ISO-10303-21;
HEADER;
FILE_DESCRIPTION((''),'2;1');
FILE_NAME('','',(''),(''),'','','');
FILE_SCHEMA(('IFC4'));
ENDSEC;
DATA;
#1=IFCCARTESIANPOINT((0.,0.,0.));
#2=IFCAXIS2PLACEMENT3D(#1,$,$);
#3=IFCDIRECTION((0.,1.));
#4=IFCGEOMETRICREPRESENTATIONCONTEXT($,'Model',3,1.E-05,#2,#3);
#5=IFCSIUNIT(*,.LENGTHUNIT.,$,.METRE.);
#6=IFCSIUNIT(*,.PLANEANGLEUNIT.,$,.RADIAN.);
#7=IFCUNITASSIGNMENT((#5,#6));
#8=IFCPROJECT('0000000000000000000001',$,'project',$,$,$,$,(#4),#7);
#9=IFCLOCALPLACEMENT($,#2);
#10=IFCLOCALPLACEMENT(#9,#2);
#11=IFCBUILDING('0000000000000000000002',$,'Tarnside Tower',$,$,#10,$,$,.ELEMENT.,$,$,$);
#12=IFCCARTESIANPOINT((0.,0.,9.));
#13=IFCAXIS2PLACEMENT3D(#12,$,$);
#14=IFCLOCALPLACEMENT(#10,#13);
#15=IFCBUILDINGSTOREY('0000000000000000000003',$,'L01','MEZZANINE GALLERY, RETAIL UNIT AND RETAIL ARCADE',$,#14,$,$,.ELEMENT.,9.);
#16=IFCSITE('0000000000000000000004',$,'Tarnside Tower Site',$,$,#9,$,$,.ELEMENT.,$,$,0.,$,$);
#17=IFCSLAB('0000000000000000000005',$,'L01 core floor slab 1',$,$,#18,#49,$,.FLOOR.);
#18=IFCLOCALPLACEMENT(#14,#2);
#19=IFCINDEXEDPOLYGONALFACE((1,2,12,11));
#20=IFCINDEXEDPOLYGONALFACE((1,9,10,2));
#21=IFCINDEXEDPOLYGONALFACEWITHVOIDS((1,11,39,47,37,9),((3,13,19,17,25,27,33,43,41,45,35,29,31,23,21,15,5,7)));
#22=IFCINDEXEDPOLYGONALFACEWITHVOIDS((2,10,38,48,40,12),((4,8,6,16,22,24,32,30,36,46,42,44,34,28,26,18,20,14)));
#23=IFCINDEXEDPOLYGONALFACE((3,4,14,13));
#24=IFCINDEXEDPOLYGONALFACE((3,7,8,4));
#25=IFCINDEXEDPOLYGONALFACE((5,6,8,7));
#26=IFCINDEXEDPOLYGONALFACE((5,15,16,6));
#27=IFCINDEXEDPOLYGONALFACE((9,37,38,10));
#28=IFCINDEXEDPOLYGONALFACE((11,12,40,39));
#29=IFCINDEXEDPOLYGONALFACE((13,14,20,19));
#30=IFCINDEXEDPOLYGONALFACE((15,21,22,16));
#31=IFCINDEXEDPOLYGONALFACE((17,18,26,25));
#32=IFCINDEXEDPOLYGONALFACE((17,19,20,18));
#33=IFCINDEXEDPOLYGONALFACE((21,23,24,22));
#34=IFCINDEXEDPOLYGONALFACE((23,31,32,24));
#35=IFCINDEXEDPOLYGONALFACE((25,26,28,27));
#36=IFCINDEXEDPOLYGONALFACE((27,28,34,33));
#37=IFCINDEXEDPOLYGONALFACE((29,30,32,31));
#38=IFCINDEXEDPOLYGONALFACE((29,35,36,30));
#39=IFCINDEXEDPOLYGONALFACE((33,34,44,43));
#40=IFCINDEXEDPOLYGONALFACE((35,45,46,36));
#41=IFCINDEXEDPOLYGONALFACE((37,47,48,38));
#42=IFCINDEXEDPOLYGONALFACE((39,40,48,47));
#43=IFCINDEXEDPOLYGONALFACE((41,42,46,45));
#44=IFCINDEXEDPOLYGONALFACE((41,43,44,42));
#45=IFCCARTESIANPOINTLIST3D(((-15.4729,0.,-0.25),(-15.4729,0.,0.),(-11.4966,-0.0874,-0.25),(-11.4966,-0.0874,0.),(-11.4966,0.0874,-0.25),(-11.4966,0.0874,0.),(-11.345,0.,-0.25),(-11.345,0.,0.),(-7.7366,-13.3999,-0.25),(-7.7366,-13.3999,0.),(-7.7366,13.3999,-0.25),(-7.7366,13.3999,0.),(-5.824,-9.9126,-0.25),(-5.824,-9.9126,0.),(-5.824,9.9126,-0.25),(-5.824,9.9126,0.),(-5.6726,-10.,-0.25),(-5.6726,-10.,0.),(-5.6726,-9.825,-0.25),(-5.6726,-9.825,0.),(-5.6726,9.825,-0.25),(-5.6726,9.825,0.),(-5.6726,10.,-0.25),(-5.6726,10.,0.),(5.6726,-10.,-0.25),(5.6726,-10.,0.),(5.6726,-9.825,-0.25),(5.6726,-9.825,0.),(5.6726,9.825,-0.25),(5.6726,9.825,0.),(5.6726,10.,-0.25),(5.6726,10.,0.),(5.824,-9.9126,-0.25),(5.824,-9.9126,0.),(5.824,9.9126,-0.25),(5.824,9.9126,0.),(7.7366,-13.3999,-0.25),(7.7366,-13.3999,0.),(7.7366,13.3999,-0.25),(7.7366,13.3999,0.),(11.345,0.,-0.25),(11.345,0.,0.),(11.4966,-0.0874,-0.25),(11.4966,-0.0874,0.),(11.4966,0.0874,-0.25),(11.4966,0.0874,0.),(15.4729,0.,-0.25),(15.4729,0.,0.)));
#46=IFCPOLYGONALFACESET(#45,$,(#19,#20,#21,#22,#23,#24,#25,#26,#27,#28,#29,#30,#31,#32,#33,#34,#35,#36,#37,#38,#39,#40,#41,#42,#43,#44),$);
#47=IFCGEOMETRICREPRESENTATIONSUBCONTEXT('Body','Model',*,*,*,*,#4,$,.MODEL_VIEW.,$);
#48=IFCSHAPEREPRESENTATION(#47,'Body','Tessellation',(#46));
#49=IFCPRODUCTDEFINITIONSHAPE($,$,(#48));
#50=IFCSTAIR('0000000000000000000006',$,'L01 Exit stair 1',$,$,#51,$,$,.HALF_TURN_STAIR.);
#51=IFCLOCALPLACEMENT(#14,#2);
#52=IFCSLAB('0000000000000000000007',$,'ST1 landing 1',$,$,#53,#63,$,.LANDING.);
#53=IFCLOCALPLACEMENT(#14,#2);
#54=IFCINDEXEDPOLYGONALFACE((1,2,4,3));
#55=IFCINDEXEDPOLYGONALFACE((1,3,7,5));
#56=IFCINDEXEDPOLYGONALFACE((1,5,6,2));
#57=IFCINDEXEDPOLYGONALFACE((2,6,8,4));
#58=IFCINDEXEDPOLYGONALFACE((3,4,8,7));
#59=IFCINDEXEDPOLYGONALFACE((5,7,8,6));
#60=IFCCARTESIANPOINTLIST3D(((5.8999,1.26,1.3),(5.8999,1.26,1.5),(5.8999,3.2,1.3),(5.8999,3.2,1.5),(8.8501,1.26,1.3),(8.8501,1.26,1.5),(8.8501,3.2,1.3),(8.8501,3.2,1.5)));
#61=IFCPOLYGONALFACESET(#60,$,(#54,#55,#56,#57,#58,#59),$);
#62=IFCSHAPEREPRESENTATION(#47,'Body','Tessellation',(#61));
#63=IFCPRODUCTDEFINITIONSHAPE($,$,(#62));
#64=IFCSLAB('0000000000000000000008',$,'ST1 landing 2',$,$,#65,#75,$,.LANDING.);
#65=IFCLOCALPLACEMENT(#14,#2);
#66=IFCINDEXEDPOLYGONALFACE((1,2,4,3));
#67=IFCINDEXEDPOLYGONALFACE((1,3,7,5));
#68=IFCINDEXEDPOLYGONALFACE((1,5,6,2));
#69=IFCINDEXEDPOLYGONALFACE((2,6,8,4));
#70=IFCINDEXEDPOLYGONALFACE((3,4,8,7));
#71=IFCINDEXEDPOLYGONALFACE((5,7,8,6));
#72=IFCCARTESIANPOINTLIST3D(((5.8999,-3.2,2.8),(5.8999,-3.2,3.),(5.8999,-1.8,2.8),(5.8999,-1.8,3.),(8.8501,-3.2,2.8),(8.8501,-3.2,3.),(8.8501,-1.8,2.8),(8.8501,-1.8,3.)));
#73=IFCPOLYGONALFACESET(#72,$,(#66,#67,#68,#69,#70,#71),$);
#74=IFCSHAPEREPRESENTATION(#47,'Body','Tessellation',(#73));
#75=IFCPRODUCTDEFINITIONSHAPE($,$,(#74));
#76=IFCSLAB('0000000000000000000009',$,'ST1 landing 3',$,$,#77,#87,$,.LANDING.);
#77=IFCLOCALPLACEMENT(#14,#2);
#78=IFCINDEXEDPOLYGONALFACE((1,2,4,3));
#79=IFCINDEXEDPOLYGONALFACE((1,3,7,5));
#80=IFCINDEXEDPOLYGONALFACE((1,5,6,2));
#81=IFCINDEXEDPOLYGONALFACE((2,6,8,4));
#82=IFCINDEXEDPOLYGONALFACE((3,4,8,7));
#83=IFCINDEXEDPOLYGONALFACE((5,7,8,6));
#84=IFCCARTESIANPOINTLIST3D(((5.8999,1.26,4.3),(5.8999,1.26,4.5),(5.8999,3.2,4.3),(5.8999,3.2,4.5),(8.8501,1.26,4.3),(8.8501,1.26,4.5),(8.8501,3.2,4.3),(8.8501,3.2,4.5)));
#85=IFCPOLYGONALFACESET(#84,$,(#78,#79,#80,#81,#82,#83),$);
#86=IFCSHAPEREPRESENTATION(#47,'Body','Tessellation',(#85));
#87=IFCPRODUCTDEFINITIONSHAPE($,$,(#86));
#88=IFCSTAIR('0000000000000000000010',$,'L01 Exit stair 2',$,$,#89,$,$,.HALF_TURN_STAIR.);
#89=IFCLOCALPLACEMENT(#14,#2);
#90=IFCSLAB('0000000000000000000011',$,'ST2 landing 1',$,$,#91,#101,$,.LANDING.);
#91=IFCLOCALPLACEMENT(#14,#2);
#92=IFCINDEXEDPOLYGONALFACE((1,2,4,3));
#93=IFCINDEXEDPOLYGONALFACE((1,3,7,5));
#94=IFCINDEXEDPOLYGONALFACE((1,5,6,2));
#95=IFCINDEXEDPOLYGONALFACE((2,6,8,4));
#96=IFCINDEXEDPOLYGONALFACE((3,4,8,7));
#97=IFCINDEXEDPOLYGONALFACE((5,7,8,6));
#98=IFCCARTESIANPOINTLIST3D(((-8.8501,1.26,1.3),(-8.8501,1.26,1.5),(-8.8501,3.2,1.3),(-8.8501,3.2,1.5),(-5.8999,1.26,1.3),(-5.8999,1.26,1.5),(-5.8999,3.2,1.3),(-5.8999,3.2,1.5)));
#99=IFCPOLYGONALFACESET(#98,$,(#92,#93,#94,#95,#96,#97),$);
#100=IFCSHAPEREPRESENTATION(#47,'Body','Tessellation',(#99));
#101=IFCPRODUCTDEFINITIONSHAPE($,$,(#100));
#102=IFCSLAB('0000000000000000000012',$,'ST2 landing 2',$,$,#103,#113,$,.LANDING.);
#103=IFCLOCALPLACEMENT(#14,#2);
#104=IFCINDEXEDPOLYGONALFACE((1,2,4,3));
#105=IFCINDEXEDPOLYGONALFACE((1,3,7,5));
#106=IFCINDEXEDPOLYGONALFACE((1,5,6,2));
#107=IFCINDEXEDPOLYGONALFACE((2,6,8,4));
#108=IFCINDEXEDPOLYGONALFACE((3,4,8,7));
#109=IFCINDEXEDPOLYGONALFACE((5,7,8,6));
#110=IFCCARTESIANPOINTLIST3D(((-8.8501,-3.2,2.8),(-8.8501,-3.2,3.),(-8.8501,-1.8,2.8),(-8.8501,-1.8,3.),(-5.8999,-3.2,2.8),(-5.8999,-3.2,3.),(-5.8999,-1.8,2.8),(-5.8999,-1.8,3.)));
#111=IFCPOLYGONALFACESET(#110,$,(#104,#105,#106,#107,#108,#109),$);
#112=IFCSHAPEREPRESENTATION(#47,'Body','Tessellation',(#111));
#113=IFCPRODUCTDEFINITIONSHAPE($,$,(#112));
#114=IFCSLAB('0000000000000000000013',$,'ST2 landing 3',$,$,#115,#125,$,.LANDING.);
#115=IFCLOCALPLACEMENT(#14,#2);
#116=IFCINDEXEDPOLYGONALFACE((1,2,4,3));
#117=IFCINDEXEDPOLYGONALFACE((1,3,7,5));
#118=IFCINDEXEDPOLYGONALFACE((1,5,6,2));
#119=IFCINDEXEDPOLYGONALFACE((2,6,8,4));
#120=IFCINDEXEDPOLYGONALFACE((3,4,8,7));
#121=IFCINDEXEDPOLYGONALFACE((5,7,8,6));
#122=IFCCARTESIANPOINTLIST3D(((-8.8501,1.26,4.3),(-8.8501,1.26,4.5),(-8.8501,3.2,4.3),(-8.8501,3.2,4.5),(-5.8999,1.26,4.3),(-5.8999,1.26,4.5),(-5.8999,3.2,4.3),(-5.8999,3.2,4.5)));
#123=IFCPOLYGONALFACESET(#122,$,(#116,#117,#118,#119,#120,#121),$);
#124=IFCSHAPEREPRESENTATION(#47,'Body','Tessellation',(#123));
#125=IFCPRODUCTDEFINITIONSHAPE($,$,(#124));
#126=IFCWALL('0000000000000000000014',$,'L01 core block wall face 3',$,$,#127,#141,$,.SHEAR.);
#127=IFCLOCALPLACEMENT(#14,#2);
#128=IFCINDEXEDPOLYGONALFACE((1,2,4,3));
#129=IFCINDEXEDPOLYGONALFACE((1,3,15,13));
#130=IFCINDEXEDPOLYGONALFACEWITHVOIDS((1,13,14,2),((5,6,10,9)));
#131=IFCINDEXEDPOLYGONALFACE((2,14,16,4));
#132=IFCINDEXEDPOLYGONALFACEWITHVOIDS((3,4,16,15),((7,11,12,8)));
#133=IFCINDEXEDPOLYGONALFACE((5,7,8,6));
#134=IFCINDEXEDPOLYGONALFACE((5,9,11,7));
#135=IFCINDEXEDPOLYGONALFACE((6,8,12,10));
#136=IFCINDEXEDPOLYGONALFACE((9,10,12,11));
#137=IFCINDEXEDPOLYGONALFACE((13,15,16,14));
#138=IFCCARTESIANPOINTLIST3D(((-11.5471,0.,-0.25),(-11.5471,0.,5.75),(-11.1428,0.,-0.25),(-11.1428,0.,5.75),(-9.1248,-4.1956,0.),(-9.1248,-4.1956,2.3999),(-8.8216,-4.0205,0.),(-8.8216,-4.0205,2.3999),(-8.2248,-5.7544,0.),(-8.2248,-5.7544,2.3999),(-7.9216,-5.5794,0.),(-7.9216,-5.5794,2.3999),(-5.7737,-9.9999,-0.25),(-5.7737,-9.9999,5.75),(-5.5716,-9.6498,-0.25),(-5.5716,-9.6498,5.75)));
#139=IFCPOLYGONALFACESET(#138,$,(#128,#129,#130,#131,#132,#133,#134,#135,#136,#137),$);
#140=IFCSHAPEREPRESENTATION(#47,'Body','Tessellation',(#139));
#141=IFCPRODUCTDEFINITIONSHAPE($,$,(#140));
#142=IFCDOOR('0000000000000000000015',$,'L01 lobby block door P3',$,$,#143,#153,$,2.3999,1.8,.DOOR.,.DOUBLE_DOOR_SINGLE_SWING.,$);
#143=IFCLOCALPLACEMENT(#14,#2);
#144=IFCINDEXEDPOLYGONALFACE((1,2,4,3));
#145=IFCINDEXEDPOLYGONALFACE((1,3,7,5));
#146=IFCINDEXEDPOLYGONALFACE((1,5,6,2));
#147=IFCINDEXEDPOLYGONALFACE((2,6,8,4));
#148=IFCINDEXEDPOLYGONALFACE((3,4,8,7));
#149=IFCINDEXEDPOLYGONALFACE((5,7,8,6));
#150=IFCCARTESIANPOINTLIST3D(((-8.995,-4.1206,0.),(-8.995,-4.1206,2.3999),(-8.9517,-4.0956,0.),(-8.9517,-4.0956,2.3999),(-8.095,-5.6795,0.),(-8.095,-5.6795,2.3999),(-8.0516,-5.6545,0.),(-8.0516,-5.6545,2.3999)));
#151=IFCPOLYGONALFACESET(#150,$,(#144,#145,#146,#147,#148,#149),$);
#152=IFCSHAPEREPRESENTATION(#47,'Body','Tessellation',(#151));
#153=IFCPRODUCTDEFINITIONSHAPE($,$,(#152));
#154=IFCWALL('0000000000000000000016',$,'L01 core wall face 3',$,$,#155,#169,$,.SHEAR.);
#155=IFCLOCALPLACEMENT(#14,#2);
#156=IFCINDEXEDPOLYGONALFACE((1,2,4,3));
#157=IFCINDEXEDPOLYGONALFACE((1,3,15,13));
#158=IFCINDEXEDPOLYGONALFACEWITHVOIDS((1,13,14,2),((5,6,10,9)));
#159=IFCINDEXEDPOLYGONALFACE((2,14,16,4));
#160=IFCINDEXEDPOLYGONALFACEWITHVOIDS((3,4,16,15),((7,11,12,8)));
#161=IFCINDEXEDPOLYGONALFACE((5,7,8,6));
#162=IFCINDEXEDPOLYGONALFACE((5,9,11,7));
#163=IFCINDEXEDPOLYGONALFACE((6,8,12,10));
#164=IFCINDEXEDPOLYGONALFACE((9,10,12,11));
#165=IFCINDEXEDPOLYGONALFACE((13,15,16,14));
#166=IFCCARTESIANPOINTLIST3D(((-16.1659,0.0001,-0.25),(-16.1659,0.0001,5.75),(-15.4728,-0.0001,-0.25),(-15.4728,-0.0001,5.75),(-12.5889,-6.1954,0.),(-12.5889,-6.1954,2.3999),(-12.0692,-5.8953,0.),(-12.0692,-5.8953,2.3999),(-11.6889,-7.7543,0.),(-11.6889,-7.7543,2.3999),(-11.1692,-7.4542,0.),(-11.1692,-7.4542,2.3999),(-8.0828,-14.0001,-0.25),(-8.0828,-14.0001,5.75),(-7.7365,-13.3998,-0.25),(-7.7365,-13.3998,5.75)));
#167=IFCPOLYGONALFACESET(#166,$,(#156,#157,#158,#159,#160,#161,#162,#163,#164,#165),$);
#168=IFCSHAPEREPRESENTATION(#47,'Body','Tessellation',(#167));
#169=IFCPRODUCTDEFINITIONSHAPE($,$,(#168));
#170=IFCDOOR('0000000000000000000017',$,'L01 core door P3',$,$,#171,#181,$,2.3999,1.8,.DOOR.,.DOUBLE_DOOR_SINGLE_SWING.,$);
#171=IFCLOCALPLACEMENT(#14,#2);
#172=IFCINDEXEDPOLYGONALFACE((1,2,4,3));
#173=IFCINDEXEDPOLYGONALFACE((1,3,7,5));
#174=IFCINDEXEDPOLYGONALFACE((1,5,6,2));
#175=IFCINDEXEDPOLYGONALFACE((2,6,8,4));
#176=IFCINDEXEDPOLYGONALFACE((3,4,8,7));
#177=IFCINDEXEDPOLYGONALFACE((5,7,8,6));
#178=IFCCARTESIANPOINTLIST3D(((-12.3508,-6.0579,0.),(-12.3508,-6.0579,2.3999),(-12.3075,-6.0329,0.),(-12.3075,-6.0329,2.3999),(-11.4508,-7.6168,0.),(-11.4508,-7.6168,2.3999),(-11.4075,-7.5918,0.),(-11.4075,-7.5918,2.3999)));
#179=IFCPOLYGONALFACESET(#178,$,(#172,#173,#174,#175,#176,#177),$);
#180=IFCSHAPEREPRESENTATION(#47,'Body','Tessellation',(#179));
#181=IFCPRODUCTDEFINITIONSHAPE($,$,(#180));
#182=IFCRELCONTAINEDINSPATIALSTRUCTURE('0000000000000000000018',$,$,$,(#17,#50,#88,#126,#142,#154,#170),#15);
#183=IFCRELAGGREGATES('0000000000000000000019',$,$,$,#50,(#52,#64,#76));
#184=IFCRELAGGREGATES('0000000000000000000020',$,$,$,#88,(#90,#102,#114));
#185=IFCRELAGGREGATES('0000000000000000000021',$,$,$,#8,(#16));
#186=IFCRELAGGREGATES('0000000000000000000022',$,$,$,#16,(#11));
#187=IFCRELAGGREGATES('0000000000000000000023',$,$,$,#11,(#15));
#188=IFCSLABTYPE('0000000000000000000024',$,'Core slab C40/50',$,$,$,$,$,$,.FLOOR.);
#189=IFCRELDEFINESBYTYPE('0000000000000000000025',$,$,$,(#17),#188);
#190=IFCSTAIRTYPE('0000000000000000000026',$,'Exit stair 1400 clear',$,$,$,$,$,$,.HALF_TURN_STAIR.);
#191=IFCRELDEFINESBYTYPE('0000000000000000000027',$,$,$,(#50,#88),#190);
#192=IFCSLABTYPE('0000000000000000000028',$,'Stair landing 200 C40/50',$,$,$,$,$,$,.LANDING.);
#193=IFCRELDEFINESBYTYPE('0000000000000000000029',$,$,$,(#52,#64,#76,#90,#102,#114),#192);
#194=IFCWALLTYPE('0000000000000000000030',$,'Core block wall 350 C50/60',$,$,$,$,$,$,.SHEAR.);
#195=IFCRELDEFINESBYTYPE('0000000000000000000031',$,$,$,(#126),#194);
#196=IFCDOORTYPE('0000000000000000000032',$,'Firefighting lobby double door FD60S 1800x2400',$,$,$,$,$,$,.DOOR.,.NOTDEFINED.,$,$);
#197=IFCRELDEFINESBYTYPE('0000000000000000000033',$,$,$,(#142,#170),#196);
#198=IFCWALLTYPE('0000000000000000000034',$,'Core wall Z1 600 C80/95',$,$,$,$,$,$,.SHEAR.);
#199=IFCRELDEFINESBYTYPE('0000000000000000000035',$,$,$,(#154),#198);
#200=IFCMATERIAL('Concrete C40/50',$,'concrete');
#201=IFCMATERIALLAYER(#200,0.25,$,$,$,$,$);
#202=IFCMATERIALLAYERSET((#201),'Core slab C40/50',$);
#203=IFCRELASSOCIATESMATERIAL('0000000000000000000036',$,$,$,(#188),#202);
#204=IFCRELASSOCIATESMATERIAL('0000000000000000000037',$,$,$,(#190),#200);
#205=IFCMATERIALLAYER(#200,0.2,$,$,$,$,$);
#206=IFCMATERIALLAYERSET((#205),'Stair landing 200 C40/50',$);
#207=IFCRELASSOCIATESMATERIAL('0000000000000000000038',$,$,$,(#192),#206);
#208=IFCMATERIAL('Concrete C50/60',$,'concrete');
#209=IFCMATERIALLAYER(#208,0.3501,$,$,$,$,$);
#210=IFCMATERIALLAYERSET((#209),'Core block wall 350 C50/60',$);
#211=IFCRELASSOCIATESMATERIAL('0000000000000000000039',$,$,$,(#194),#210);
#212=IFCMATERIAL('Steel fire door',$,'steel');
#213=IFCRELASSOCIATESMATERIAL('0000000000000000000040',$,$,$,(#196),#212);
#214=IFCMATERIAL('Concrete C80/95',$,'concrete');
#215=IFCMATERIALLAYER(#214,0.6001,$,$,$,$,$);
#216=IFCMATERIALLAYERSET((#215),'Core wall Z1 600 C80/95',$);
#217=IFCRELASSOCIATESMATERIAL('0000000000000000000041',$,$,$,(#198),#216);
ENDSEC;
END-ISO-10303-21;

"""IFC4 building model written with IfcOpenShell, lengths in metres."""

from ifc_helpers import new_model, si_unit, direction, frame, frame_2d, origin, place, context, subcontext, project, spatial, polyline, rectangle, outline, extrude, material, layer, layer_set, type_object, element, fill, aggregate, save


model = new_model("IFC4")

# Units and contexts
model_context = context("Model", 3, precision=1e-05, world=origin(), true_north=direction((0.0, 1.0)))
body_context = subcontext(model_context, "Body", "Model", "MODEL_VIEW")
ifc_project = project(units=[si_unit("LENGTHUNIT", "METRE"), si_unit("PLANEANGLEUNIT", "RADIAN")], contexts=[model_context])

# Site, building, storey
site_placement = place(None, origin())
site = spatial("IfcSite", under=ifc_project, at=site_placement, Name="Tarnside Tower Site", CompositionType="ELEMENT", RefElevation=0.0)
building_placement = place(site_placement, origin())
building = spatial("IfcBuilding", under=site, at=building_placement, Name="Tarnside Tower", CompositionType="ELEMENT")
storey_placement = place(building_placement, frame((0.0, 0.0, 9.0)))
storey = spatial("IfcBuildingStorey", under=building, at=storey_placement, Name="L01", Description="MEZZANINE GALLERY, RETAIL UNIT AND RETAIL ARCADE", CompositionType="ELEMENT", Elevation=9.0)

# Slab
ifc_material_1 = material(Name="Concrete C40/50", Category="concrete")
ifc_layer_1 = layer(ifc_material_1, 0.25)
ifc_layer_set_1 = layer_set([ifc_layer_1], Name="Core slab C40/50")
slab_type_1 = type_object("IfcSlabType", Name="Core slab C40/50", PredefinedType="FLOOR", material=ifc_layer_set_1)
slab_1_placement = place(storey_placement, frame((0.0, 0.0, -0.25)))
element("IfcSlab", 1, at=slab_1_placement, inside=storey, type_object=slab_type_1, Name="L01 core floor slab 1", PredefinedType="FLOOR", context=body_context, shape_type="SweptSolid", body=[
    extrude(outline(polyline([(-15.4729, 0.0), (-7.7366, 13.3999), (7.7366, 13.3999), (15.4729, 0.0), (7.7366, -13.3999), (-7.7366, -13.3999), (-15.4729, 0.0)]), holes=[polyline([(5.824, -9.9126), (11.4966, -0.0874), (11.345, 0.0), (11.4966, 0.0874), (5.824, 9.9126), (5.6726, 9.825), (5.6726, 10.0), (-5.6726, 10.0), (-5.6726, 9.825), (-5.824, 9.9126), (-11.4966, 0.0874), (-11.345, 0.0), (-11.4966, -0.0874), (-5.824, -9.9126), (-5.6726, -9.825), (-5.6726, -10.0), (5.6726, -10.0), (5.6726, -9.825), (5.824, -9.9126)])]), origin(), (0.0, 0.0, 1.0), 0.25),
])

# Stairs, slabs
stair_type = type_object("IfcStairType", Name="Exit stair 1400 clear", PredefinedType="HALF_TURN_STAIR", material=ifc_material_1)
stair_1_placement = place(storey_placement, origin())
stair_1 = element("IfcStair", 2, at=stair_1_placement, inside=storey, type_object=stair_type, Name="L01 Exit stair 1", PredefinedType="HALF_TURN_STAIR")
ifc_layer_2 = layer(ifc_material_1, 0.2)
ifc_layer_set_2 = layer_set([ifc_layer_2], Name="Stair landing 200 C40/50")
slab_type_2 = type_object("IfcSlabType", Name="Stair landing 200 C40/50", PredefinedType="LANDING", material=ifc_layer_set_2)
slab_2_placement = place(storey_placement, frame((0.0, 0.0, 1.3)))
slab_2 = element("IfcSlab", 3, at=slab_2_placement, type_object=slab_type_2, Name="ST1 landing 1", PredefinedType="LANDING", context=body_context, shape_type="SweptSolid", body=[
    extrude(outline(polyline([(8.8501, 1.26), (8.8501, 3.2), (5.8999, 3.2), (5.8999, 1.26), (8.8501, 1.26)])), origin(), (0.0, 0.0, 1.0), 0.2),
])
slab_3_placement = place(storey_placement, frame((0.0, 0.0, 2.8)))
slab_3 = element("IfcSlab", 4, at=slab_3_placement, type_object=slab_type_2, Name="ST1 landing 2", PredefinedType="LANDING", context=body_context, shape_type="SweptSolid", body=[
    extrude(outline(polyline([(8.8501, -3.2), (8.8501, -1.8), (5.8999, -1.8), (5.8999, -3.2), (8.8501, -3.2)])), origin(), (0.0, 0.0, 1.0), 0.2),
])
slab_4_placement = place(storey_placement, frame((0.0, 0.0, 4.3)))
slab_4 = element("IfcSlab", 5, at=slab_4_placement, type_object=slab_type_2, Name="ST1 landing 3", PredefinedType="LANDING", context=body_context, shape_type="SweptSolid", body=[
    extrude(outline(polyline([(8.8501, 1.26), (8.8501, 3.2), (5.8999, 3.2), (5.8999, 1.26), (8.8501, 1.26)])), origin(), (0.0, 0.0, 1.0), 0.2),
])
aggregate(stair_1, [slab_2, slab_3, slab_4])
stair_2_placement = place(storey_placement, origin())
stair_2 = element("IfcStair", 6, at=stair_2_placement, inside=storey, type_object=stair_type, Name="L01 Exit stair 2", PredefinedType="HALF_TURN_STAIR")
slab_5_placement = place(storey_placement, frame((0.0, 0.0, 1.3)))
slab_5 = element("IfcSlab", 7, at=slab_5_placement, type_object=slab_type_2, Name="ST2 landing 1", PredefinedType="LANDING", context=body_context, shape_type="SweptSolid", body=[
    extrude(outline(polyline([(-5.8999, 1.26), (-5.8999, 3.2), (-8.8501, 3.2), (-8.8501, 1.26), (-5.8999, 1.26)])), origin(), (0.0, 0.0, 1.0), 0.2),
])
slab_6_placement = place(storey_placement, frame((0.0, 0.0, 2.8)))
slab_6 = element("IfcSlab", 8, at=slab_6_placement, type_object=slab_type_2, Name="ST2 landing 2", PredefinedType="LANDING", context=body_context, shape_type="SweptSolid", body=[
    extrude(outline(polyline([(-5.8999, -3.2), (-5.8999, -1.8), (-8.8501, -1.8), (-8.8501, -3.2), (-5.8999, -3.2)])), origin(), (0.0, 0.0, 1.0), 0.2),
])
slab_7_placement = place(storey_placement, frame((0.0, 0.0, 4.3)))
slab_7 = element("IfcSlab", 9, at=slab_7_placement, type_object=slab_type_2, Name="ST2 landing 3", PredefinedType="LANDING", context=body_context, shape_type="SweptSolid", body=[
    extrude(outline(polyline([(-5.8999, 1.26), (-5.8999, 3.2), (-8.8501, 3.2), (-8.8501, 1.26), (-5.8999, 1.26)])), origin(), (0.0, 0.0, 1.0), 0.2),
])

# Walls, openings, doors
ifc_material_2 = material(Name="Concrete C50/60", Category="concrete")
ifc_layer_3 = layer(ifc_material_2, 0.3501)
ifc_layer_set_3 = layer_set([ifc_layer_3], Name="Core block wall 350 C50/60")
wall_type_1 = type_object("IfcWallType", Name="Core block wall 350 C50/60", PredefinedType="SHEAR", material=ifc_layer_set_3)
wall_1_placement = place(storey_placement, frame((-11.345, 0.0, -0.25), z_axis=(0.0, 0.0, 1.0), x_axis=(0.499995, -0.866028, 0.0)))
wall_1 = element("IfcWall", 10, at=wall_1_placement, inside=storey, type_object=wall_type_1, Name="L01 core block wall face 3", PredefinedType="SHEAR", context=body_context, shape_type="SweptSolid", body=[
    extrude(outline(polyline([(-0.1011, -0.175), (11.4458, -0.175), (11.2437, 0.175), (0.1011, 0.175), (-0.1011, -0.175)])), origin(), (0.0, 0.0, 1.0), 6.0),
])
opening_1_placement = place(wall_1_placement, frame((4.7437, 0.0, 0.25)))
opening_1 = element("IfcOpeningElement", 11, at=opening_1_placement, cuts=wall_1, PredefinedType="OPENING", context=body_context, shape_type="SweptSolid", body=[
    extrude(rectangle(XDim=1.8, YDim=2.3999, at=frame_2d((0.8999, 1.2))), frame((0.0, 0.1851, 0.0), z_axis=(0.0, -1.0, 0.0), x_axis=(1.0, 0.0, 0.0)), (0.0, 0.0, 1.0), 0.3701),
])
ifc_material_3 = material(Name="Steel fire door", Category="steel")
door_type_1 = type_object("IfcDoorType", Name="Firefighting lobby double door FD60S 1800x2400", OperationType="NOTDEFINED", PredefinedType="DOOR", material=ifc_material_3)
door_1_placement = place(opening_1_placement, origin())
door_1 = element("IfcDoor", 12, at=door_1_placement, inside=storey, type_object=door_type_1, Name="L01 lobby block door P3", OperationType="DOUBLE_DOOR_SINGLE_SWING", OverallHeight=2.3999, OverallWidth=1.8, PredefinedType="DOOR", context=body_context, shape_type="SweptSolid", body=[
    extrude(rectangle(XDim=1.8, YDim=2.3999, at=frame_2d((0.8999, 1.2))), frame((0.0, 0.0249, 0.0), z_axis=(0.0, -1.0, 0.0), x_axis=(1.0, 0.0, 0.0)), (0.0, 0.0, 1.0), 0.05),
])
fill(opening_1, door_1)
ifc_material_4 = material(Name="Concrete C80/95", Category="concrete")
ifc_layer_4 = layer(ifc_material_4, 0.6001)
ifc_layer_set_4 = layer_set([ifc_layer_4], Name="Core wall Z1 600 C80/95")
wall_type_2 = type_object("IfcWallType", Name="Core wall Z1 600 C80/95", PredefinedType="SHEAR", material=ifc_layer_set_4)
wall_2_placement = place(storey_placement, frame((-15.8193, 0.0, -0.25), z_axis=(0.0, 0.0, 1.0), x_axis=(0.5, -0.866025, 0.0)))
wall_2 = element("IfcWall", 13, at=wall_2_placement, inside=storey, type_object=wall_type_2, Name="L01 core wall face 3", PredefinedType="SHEAR", context=body_context, shape_type="SweptSolid", body=[
    extrude(outline(polyline([(-0.1733, -0.3), (15.9927, -0.3), (15.646, 0.3), (0.1733, 0.3), (-0.1733, -0.3)])), origin(), (0.0, 0.0, 1.0), 6.0),
])
opening_2_placement = place(wall_2_placement, frame((6.9807, 0.0, 0.25)))
opening_2 = element("IfcOpeningElement", 14, at=opening_2_placement, cuts=wall_2, PredefinedType="OPENING", context=body_context, shape_type="SweptSolid", body=[
    extrude(rectangle(XDim=1.8, YDim=2.3999, at=frame_2d((0.8999, 1.2))), frame((0.0, 0.3101, 0.0), z_axis=(0.0, -1.0, 0.0), x_axis=(1.0, 0.0, 0.0)), (0.0, 0.0, 1.0), 0.6201),
])
door_2_placement = place(opening_2_placement, origin())
door_2 = element("IfcDoor", 15, at=door_2_placement, inside=storey, type_object=door_type_1, Name="L01 core door P3", OperationType="DOUBLE_DOOR_SINGLE_SWING", OverallHeight=2.3999, OverallWidth=1.8, PredefinedType="DOOR", context=body_context, shape_type="SweptSolid", body=[
    extrude(rectangle(XDim=1.8, YDim=2.3999, at=frame_2d((0.8999, 1.2))), frame((0.0, 0.0249, 0.0), z_axis=(0.0, -1.0, 0.0), x_axis=(1.0, 0.0, 0.0)), (0.0, 0.0, 1.0), 0.05),
])
fill(opening_2, door_2)

aggregate(stair_2, [slab_5, slab_6, slab_7])

save(model, "model.ifc")
